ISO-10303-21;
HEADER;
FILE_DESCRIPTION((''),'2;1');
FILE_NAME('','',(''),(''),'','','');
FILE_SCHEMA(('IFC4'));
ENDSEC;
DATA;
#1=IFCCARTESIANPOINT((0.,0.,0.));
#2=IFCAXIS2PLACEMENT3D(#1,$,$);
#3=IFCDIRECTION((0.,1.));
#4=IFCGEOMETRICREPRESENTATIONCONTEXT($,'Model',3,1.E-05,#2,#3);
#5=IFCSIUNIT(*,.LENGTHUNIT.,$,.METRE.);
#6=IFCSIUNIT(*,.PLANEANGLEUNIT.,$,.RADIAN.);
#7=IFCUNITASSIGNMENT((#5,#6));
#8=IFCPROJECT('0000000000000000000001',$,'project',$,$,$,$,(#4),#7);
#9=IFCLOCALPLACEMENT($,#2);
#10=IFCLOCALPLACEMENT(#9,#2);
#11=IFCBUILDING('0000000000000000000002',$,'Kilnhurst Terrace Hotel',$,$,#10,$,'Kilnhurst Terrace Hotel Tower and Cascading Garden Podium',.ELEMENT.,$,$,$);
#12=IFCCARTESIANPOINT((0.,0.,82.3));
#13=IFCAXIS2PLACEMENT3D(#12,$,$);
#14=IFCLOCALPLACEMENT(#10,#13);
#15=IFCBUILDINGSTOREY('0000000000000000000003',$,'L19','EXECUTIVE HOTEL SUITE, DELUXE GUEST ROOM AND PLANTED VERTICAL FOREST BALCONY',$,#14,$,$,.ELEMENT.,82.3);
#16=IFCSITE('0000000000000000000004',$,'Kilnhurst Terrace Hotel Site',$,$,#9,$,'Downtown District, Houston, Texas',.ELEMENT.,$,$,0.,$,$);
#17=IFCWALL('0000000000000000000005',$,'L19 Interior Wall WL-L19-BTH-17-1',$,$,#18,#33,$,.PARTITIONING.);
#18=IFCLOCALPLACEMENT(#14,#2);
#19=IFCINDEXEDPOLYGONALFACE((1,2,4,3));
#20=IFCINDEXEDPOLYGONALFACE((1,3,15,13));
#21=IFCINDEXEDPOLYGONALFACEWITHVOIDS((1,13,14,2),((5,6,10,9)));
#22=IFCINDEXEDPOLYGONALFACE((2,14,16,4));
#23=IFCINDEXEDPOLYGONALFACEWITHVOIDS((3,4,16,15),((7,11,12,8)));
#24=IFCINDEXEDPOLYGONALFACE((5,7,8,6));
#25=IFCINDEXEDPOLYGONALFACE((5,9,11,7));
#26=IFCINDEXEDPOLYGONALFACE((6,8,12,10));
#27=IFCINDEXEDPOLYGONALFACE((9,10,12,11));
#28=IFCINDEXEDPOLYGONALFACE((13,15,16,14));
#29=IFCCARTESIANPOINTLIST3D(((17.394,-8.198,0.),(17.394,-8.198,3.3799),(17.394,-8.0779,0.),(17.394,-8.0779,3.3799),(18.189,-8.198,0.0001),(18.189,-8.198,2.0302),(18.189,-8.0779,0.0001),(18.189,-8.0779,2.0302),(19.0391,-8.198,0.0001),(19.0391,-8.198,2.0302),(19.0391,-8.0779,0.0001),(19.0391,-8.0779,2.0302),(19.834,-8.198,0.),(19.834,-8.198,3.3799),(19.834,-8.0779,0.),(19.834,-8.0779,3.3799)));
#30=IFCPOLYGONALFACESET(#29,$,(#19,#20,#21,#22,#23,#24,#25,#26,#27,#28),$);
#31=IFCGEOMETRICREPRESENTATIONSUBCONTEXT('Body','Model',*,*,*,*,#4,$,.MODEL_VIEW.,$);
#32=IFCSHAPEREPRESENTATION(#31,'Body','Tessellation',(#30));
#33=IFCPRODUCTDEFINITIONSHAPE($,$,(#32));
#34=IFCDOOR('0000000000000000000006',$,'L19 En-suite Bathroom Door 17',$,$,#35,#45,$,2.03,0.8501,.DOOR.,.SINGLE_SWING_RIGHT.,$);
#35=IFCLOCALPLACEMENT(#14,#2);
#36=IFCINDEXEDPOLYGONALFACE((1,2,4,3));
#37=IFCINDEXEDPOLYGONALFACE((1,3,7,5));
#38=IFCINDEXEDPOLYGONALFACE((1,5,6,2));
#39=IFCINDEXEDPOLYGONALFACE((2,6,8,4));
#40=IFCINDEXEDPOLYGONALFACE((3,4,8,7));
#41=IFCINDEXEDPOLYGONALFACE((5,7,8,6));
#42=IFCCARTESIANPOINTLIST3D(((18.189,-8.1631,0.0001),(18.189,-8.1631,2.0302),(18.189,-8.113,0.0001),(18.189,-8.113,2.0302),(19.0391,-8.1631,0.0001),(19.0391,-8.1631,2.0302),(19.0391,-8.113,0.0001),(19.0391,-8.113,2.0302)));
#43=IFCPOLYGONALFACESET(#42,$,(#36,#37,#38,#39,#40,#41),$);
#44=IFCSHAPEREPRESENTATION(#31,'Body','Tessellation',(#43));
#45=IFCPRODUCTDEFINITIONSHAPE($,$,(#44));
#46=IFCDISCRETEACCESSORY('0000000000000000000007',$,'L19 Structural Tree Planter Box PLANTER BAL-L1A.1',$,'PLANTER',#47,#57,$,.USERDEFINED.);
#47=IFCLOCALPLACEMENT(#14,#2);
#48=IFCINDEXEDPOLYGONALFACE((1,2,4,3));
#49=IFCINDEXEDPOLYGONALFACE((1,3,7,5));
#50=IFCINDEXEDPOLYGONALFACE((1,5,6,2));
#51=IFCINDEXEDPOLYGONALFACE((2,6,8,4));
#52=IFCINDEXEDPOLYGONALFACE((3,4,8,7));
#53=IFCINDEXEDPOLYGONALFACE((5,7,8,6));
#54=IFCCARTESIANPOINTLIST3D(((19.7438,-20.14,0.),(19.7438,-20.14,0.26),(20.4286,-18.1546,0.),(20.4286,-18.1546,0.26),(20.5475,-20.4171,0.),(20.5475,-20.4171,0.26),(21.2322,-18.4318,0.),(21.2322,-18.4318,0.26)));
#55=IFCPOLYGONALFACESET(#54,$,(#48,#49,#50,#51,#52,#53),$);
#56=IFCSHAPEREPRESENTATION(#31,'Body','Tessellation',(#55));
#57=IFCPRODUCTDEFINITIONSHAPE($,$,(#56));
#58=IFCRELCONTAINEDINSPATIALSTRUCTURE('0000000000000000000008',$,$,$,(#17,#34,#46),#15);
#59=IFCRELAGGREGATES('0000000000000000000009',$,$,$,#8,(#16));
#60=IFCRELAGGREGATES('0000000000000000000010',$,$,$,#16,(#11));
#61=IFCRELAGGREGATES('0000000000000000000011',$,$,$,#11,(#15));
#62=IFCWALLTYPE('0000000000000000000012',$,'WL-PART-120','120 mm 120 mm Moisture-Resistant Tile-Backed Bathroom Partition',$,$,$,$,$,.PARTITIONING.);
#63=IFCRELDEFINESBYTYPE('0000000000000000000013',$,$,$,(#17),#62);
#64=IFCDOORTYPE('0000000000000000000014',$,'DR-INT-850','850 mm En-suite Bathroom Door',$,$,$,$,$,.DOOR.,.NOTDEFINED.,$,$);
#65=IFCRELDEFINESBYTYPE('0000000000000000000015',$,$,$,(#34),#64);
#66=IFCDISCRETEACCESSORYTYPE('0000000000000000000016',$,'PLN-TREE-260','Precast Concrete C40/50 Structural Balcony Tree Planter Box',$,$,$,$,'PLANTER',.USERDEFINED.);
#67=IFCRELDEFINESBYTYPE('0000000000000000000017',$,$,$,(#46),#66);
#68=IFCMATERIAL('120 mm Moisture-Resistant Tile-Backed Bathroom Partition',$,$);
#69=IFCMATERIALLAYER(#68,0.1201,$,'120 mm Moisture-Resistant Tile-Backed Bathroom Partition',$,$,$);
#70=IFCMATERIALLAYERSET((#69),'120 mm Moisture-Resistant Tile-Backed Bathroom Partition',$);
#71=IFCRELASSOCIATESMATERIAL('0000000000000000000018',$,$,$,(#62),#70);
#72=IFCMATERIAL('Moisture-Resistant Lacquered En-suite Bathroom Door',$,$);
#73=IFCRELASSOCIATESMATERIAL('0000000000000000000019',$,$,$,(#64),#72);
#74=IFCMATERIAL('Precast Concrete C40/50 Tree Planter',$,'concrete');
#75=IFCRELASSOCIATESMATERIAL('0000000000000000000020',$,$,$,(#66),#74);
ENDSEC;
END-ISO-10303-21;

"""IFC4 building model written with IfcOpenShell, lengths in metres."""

from ifc_helpers import new_model, si_unit, direction, frame, frame_2d, origin, origin_2d, place, context, subcontext, project, spatial, rectangle, extrude, material, layer, layer_set, type_object, element, fill, save


model = new_model("IFC4")

# Units and contexts
model_context = context("Model", 3, precision=1e-05, world=origin(), true_north=direction((0.0, 1.0)))
body_context = subcontext(model_context, "Body", "Model", "MODEL_VIEW")
ifc_project = project(units=[si_unit("LENGTHUNIT", "METRE"), si_unit("PLANEANGLEUNIT", "RADIAN")], contexts=[model_context])

# Site, building, storey
site_placement = place(None, origin())
site = spatial("IfcSite", under=ifc_project, at=site_placement, Name="Kilnhurst Terrace Hotel Site", LongName="Downtown District, Houston, Texas", CompositionType="ELEMENT", RefElevation=0.0)
building_placement = place(site_placement, origin())
building = spatial("IfcBuilding", under=site, at=building_placement, Name="Kilnhurst Terrace Hotel", LongName="Kilnhurst Terrace Hotel Tower and Cascading Garden Podium", CompositionType="ELEMENT")
storey_placement = place(building_placement, frame((0.0, 0.0, 82.3)))
storey = spatial("IfcBuildingStorey", under=building, at=storey_placement, Name="L19", Description="EXECUTIVE HOTEL SUITE, DELUXE GUEST ROOM AND PLANTED VERTICAL FOREST BALCONY", CompositionType="ELEMENT", Elevation=82.3)

# Shared definitions
ifc_material_1 = material(Name="120 mm Moisture-Resistant Tile-Backed Bathroom Partition")
ifc_layer_1 = layer(ifc_material_1, 0.1201, Name="120 mm Moisture-Resistant Tile-Backed Bathroom Partition")
ifc_layer_set_1 = layer_set([ifc_layer_1], Name="120 mm Moisture-Resistant Tile-Backed Bathroom Partition")
wall_type_1 = type_object("IfcWallType", Name="WL-PART-120", Description="120 mm 120 mm Moisture-Resistant Tile-Backed Bathroom Partition", PredefinedType="PARTITIONING", material=ifc_layer_set_1)
ifc_material_2 = material(Name="Moisture-Resistant Lacquered En-suite Bathroom Door")
door_type_1 = type_object("IfcDoorType", Name="DR-INT-850", Description="850 mm En-suite Bathroom Door", OperationType="NOTDEFINED", PredefinedType="DOOR", material=ifc_material_2)

# Wall, opening, door
wall_1_placement = place(storey_placement, frame((17.394, -8.1379, 0.0), z_axis=(0.0, 0.0, 1.0), x_axis=(1.0, 0.0, 0.0)))
wall_1 = element("IfcWall", 1, at=wall_1_placement, inside=storey, type_object=wall_type_1, Name="L19 Interior Wall WL-L19-BTH-17-1", PredefinedType="PARTITIONING", context=body_context, shape_type="SweptSolid", body=[
    extrude(rectangle(XDim=2.4399, YDim=0.1201, at=frame_2d((1.22, 0.0))), origin(), (0.0, 0.0, 1.0), 3.3799),
])
opening_1_placement = place(wall_1_placement, frame((0.7949, 0.0, 0.0)))
opening_1 = element("IfcOpeningElement", 2, at=opening_1_placement, cuts=wall_1, PredefinedType="OPENING", context=body_context, shape_type="SweptSolid", body=[
    extrude(rectangle(XDim=0.8501, YDim=2.03, at=frame_2d((0.425, 1.0151))), frame((0.0, 0.0701, 0.0), z_axis=(0.0, -1.0, 0.0), x_axis=(1.0, 0.0, 0.0)), (0.0, 0.0, 1.0), 0.1401),
])
door_1_placement = place(opening_1_placement, origin())
door_1 = element("IfcDoor", 3, at=door_1_placement, inside=storey, type_object=door_type_1, Name="L19 En-suite Bathroom Door 17", OperationType="SINGLE_SWING_RIGHT", OverallHeight=2.03, OverallWidth=0.8501, PredefinedType="DOOR", context=body_context, shape_type="SweptSolid", body=[
    extrude(rectangle(XDim=0.8501, YDim=2.03, at=frame_2d((0.425, 1.0151))), frame((0.0, 0.0249, 0.0), z_axis=(0.0, -1.0, 0.0), x_axis=(1.0, 0.0, 0.0)), (0.0, 0.0, 1.0), 0.05),
])
fill(opening_1, door_1)

# Discrete accessory
ifc_material_3 = material(Name="Precast Concrete C40/50 Tree Planter", Category="concrete")
discrete_accessory_type = type_object("IfcDiscreteAccessoryType", Name="PLN-TREE-260", Description="Precast Concrete C40/50 Structural Balcony Tree Planter Box", ElementType="PLANTER", PredefinedType="USERDEFINED", material=ifc_material_3)
discrete_accessory_placement = place(storey_placement, frame((20.488, -19.2859, 0.0), z_axis=(0.0, 0.0, 1.0), x_axis=(0.326063, 0.945348, 0.0)))
element("IfcDiscreteAccessory", 4, at=discrete_accessory_placement, inside=storey, type_object=discrete_accessory_type, Name="L19 Structural Tree Planter Box PLANTER BAL-L1A.1", ObjectType="PLANTER", PredefinedType="USERDEFINED", context=body_context, shape_type="SweptSolid", body=[
    extrude(rectangle(XDim=2.1001, YDim=0.8501, at=origin_2d()), origin(), (0.0, 0.0, 1.0), 0.26),
])

save(model, "model.ifc")
